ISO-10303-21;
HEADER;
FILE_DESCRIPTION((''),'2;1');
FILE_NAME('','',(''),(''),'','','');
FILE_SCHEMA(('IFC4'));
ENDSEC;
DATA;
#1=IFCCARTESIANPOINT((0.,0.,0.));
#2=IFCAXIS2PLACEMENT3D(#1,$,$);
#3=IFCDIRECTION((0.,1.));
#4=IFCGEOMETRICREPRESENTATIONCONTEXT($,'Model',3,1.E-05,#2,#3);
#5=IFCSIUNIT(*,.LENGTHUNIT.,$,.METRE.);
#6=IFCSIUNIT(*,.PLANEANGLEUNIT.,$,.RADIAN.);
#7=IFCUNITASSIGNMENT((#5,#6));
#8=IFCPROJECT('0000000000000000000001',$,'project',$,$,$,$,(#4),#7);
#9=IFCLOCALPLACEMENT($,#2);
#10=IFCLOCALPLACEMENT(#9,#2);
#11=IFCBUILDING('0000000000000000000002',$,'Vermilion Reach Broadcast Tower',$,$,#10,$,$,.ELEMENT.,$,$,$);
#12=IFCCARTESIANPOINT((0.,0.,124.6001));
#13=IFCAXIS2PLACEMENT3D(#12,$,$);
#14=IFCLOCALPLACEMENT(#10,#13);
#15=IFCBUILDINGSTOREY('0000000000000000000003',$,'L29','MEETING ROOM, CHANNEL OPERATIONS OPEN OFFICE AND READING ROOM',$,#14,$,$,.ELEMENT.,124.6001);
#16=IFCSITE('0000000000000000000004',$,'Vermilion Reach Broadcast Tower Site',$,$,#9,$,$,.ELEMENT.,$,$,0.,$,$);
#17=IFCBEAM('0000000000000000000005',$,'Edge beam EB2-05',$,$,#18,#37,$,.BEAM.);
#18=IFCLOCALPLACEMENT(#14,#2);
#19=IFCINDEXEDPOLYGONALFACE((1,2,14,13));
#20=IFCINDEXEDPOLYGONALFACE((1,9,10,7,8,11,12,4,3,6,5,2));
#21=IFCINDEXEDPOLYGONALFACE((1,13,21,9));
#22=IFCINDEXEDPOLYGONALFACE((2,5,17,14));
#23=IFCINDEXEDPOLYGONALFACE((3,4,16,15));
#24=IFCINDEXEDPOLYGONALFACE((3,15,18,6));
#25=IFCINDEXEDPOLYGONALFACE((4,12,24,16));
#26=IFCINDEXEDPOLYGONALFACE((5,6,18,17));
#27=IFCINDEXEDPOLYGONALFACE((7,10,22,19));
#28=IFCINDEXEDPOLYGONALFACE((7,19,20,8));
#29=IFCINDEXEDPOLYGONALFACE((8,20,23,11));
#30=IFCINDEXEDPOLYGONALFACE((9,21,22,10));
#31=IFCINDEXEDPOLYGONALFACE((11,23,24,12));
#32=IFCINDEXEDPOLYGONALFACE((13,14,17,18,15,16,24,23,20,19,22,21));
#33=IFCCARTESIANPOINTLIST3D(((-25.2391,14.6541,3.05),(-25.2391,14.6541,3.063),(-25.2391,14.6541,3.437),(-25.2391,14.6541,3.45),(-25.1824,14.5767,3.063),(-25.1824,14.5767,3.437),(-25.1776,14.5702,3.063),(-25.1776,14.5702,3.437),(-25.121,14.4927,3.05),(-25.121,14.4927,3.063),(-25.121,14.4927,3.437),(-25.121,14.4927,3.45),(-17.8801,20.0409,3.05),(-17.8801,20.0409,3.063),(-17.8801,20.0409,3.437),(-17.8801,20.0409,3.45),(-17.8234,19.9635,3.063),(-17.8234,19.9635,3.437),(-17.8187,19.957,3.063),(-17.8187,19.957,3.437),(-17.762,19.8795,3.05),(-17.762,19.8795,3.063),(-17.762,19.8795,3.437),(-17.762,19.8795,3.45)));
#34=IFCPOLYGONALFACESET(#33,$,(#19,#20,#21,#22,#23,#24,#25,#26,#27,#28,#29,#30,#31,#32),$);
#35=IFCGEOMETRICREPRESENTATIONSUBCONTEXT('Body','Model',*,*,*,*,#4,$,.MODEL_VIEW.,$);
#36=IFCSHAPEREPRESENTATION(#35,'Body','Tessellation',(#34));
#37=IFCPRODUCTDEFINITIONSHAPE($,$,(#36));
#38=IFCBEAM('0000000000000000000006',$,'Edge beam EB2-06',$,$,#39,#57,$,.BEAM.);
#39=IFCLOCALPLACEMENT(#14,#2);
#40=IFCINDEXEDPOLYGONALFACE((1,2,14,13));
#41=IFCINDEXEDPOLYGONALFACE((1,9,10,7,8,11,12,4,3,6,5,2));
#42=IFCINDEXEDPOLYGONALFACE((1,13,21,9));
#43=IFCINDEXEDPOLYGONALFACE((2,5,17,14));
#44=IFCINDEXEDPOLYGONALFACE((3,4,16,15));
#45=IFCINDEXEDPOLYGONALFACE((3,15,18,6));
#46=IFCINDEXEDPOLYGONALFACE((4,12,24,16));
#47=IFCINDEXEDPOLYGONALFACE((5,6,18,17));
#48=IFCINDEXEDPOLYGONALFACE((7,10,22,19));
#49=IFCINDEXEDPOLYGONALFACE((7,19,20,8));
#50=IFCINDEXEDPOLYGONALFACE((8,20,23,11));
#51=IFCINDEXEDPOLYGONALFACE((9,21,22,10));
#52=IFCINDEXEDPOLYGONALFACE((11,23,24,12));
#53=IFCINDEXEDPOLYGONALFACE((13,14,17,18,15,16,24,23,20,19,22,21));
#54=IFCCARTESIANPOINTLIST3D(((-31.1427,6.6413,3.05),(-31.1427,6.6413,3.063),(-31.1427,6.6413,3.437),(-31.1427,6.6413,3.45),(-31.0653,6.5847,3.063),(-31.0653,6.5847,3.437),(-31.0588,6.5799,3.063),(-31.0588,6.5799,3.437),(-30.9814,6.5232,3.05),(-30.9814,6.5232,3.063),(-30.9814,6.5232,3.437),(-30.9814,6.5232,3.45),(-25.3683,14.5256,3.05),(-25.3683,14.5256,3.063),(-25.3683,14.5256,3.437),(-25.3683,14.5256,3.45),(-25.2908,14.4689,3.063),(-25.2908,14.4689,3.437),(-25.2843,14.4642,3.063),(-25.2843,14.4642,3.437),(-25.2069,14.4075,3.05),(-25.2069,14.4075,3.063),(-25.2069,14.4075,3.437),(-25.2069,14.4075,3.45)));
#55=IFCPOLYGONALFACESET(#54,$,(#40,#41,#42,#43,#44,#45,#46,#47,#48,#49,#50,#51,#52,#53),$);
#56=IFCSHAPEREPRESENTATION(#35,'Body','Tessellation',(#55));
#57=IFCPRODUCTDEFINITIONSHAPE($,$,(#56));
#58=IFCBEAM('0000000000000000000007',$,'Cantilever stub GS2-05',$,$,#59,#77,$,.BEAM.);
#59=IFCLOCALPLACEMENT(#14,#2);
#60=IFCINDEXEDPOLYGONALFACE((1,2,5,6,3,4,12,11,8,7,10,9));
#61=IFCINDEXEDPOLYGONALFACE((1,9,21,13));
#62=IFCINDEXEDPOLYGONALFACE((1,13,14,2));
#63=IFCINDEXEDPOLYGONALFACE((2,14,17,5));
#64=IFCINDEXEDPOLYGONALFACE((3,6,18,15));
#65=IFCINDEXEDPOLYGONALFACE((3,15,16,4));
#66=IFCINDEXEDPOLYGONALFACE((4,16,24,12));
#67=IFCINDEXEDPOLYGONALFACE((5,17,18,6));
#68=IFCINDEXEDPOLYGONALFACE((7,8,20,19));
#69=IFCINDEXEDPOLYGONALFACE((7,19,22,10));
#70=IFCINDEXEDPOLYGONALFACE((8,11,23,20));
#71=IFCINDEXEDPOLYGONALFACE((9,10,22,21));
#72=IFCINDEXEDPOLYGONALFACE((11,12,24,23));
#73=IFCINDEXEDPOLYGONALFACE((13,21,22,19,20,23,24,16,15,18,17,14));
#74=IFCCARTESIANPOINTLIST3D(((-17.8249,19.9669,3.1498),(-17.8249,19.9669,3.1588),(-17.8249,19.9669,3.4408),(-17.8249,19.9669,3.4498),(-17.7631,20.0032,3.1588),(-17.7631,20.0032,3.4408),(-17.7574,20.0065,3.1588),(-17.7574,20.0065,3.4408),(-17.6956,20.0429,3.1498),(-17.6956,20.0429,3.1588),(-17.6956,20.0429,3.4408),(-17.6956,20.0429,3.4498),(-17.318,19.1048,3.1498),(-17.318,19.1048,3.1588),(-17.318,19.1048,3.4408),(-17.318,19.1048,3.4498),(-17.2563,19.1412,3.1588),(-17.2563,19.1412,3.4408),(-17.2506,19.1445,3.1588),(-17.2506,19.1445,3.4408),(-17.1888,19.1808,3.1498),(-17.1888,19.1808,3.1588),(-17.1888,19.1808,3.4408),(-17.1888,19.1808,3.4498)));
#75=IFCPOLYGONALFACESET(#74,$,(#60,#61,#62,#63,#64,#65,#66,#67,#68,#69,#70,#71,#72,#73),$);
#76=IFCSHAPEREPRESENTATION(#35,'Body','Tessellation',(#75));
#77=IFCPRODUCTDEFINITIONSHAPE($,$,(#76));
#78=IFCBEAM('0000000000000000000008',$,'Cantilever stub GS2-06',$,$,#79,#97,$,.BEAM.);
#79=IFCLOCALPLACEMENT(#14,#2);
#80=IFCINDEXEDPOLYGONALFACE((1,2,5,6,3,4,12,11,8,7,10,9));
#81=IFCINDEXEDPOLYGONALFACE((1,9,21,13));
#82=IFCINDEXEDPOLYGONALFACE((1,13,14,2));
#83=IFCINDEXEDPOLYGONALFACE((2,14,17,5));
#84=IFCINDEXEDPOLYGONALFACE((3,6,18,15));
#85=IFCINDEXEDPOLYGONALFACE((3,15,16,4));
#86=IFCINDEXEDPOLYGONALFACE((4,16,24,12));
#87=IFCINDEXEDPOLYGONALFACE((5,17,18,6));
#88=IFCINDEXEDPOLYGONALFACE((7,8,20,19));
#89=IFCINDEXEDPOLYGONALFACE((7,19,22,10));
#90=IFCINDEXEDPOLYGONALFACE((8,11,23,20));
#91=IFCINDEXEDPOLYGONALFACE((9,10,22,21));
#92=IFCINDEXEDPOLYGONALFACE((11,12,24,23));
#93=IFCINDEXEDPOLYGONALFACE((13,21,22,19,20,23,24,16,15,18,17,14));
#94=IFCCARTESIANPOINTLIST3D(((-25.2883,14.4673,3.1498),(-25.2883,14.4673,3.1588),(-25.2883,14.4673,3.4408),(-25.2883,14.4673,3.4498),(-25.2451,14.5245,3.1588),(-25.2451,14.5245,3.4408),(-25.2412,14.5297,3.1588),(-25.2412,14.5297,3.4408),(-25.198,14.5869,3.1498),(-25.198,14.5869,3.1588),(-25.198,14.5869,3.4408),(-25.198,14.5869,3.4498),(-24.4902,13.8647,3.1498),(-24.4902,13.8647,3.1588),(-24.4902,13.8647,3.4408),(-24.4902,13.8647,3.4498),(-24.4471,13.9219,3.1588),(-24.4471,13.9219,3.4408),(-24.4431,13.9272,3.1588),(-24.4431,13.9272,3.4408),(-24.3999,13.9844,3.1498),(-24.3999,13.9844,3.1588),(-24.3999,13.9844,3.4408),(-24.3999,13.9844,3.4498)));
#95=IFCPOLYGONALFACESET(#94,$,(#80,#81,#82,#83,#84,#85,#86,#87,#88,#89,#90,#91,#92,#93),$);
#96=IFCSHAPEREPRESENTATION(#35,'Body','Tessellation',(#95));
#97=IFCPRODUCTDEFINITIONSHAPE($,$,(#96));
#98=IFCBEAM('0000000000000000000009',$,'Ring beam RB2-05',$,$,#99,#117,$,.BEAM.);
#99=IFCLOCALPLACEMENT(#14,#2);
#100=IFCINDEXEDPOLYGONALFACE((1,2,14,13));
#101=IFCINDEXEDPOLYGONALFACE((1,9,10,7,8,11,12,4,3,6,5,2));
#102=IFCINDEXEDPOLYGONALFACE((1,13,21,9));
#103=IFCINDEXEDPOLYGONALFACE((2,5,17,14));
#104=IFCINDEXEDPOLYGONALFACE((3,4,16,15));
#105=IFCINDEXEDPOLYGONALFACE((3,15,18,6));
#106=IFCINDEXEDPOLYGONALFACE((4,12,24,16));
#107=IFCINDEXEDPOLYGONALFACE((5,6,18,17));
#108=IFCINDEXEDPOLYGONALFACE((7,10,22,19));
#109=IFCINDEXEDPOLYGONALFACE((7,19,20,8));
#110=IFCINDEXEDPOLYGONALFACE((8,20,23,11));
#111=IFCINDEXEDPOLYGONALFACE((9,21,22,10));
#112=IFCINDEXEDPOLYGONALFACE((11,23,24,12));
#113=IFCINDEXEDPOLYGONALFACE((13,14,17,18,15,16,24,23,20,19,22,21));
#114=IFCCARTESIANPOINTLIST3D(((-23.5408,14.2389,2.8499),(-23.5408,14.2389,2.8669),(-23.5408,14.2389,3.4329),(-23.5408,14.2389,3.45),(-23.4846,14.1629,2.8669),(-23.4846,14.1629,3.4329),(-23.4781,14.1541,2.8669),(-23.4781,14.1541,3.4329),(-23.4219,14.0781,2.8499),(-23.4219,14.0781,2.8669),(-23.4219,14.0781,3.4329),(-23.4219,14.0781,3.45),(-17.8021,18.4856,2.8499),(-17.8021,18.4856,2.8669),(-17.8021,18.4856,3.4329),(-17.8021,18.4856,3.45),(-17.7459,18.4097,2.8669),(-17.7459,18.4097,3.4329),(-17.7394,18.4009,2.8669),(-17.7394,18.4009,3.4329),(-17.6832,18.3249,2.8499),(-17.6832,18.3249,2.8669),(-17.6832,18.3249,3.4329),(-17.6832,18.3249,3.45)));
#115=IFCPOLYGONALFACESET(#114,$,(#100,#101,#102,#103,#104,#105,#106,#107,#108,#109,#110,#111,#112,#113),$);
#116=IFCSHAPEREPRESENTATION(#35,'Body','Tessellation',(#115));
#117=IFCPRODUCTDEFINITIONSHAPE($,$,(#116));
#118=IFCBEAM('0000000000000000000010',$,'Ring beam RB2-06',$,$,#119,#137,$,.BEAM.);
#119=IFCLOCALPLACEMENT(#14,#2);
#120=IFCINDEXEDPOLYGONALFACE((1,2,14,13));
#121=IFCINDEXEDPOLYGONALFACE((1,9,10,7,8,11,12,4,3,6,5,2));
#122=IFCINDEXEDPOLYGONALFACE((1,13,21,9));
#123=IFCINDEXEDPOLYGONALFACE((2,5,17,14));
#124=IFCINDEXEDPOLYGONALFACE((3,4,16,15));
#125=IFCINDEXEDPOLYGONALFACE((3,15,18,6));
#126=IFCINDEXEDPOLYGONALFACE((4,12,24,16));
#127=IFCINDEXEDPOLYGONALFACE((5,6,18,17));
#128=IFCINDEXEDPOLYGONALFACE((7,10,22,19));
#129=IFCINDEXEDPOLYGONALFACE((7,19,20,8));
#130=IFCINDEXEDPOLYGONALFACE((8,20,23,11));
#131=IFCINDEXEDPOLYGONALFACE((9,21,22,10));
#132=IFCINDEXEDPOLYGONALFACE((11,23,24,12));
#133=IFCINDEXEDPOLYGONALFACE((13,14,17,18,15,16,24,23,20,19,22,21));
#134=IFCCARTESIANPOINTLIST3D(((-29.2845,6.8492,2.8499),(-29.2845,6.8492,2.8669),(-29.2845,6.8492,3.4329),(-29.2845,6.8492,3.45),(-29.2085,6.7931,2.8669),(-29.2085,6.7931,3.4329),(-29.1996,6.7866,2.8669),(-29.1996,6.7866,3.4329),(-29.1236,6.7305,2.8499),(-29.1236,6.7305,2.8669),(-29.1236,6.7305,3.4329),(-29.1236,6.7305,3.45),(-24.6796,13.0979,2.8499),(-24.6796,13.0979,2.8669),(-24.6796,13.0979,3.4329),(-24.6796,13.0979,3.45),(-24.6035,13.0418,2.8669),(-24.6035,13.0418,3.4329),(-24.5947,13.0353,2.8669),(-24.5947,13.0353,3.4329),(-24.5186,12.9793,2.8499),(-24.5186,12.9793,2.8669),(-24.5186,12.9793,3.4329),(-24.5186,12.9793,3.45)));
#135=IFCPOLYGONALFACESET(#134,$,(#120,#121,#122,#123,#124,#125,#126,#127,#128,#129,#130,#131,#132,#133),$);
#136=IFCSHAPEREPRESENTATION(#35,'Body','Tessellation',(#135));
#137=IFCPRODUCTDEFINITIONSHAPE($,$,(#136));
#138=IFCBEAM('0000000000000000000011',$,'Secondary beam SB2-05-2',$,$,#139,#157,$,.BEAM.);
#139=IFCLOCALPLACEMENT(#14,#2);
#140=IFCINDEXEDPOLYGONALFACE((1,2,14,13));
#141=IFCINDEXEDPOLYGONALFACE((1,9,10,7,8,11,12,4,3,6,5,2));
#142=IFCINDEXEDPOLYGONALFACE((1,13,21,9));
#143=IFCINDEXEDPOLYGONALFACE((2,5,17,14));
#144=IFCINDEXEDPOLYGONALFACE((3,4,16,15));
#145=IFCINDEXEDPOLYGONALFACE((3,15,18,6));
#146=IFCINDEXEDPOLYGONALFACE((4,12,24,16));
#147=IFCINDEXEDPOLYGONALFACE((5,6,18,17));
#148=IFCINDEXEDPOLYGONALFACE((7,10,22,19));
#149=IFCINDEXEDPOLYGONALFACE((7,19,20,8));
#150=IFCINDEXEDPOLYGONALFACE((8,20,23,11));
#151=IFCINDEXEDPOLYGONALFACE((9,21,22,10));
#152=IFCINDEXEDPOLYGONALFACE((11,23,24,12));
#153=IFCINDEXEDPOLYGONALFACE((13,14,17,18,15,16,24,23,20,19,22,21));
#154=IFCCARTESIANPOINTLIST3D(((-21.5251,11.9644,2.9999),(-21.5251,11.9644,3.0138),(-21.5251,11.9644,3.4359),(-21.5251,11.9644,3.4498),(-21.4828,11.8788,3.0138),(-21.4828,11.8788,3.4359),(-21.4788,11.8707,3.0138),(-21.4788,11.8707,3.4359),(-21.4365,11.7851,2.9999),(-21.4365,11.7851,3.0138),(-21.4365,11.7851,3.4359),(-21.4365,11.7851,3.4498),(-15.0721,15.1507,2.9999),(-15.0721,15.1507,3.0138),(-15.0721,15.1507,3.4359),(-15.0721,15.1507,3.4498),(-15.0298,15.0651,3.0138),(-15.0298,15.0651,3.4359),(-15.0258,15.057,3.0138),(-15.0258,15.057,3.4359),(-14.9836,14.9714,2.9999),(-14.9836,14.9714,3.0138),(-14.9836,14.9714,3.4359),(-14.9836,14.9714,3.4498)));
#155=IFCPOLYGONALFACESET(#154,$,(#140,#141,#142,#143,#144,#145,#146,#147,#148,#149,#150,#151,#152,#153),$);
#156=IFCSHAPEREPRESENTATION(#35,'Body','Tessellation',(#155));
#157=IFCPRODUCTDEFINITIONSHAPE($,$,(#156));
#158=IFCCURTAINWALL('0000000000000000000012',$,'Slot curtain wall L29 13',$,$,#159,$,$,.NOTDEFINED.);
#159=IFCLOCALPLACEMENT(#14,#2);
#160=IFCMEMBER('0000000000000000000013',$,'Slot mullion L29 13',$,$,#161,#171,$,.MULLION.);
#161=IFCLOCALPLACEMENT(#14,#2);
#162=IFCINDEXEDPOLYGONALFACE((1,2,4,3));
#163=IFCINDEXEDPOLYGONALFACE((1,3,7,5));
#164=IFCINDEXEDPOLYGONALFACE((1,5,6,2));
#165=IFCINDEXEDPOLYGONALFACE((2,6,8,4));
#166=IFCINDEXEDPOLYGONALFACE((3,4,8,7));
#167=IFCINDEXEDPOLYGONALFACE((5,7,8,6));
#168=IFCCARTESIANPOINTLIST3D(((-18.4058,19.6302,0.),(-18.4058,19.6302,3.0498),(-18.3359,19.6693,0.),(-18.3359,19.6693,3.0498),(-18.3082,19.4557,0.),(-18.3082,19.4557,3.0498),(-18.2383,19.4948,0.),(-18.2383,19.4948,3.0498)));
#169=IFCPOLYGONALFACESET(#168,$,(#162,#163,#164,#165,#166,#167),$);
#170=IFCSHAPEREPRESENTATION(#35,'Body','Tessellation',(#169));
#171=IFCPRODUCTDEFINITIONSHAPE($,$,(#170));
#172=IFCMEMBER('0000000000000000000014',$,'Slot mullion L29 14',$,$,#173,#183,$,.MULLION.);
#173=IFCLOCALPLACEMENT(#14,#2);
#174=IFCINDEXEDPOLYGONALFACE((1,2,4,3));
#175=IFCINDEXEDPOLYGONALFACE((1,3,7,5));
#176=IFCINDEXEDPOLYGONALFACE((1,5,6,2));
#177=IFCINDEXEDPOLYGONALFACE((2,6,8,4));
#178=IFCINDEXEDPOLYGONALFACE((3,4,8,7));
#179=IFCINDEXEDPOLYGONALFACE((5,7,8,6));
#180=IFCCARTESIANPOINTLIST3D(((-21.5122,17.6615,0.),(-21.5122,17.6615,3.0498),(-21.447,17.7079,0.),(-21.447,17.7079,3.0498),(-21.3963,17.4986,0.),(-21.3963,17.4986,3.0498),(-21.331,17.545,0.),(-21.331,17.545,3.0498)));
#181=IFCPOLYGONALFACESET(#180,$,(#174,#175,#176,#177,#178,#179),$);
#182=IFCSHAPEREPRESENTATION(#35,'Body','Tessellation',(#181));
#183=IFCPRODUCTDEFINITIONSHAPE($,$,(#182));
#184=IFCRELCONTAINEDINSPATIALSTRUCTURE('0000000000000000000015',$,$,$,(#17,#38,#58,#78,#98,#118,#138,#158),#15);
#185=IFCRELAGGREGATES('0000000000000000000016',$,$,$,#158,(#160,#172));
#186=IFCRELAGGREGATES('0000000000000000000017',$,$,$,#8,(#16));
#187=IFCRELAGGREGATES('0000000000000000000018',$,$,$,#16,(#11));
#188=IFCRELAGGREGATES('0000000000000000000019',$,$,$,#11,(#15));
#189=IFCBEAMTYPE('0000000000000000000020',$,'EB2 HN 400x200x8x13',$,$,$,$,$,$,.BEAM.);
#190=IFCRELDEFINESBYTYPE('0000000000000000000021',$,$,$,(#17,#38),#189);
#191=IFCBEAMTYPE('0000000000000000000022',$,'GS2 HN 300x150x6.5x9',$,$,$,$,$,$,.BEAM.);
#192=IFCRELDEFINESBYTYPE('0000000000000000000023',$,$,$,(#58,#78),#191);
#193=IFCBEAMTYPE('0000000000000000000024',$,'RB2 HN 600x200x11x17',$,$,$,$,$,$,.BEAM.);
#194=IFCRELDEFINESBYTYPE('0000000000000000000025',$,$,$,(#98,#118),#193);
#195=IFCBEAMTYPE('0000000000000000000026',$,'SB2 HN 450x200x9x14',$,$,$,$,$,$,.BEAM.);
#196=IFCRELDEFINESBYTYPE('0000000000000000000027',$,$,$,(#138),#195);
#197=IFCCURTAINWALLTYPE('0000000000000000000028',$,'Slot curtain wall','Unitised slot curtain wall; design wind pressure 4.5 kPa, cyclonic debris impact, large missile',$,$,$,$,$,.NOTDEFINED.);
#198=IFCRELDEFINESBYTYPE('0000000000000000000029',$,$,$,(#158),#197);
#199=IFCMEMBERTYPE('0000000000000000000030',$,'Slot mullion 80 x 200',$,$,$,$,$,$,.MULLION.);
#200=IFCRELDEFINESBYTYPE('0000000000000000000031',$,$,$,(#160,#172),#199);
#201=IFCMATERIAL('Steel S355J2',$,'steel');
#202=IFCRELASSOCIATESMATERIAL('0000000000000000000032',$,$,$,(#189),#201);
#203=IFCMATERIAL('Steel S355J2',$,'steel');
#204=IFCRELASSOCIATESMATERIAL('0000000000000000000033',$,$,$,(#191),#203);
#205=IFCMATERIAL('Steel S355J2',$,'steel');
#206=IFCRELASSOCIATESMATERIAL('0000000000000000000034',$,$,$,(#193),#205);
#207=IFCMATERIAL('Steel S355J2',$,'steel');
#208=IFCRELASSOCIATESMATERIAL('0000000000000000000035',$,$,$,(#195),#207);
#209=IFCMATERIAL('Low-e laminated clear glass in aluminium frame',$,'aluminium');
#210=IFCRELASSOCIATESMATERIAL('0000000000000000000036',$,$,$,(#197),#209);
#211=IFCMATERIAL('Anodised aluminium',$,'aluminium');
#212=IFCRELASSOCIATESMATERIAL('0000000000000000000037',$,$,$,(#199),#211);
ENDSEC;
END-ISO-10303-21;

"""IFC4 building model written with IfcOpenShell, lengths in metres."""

from ifc_helpers import new_model, si_unit, direction, frame, origin, origin_2d, place, context, subcontext, project, spatial, rectangle, i_section, extrude, material, material_profile, profile_set, type_object, element, aggregate, save


model = new_model("IFC4")

# Units and contexts
model_context = context("Model", 3, precision=1e-05, world=origin(), true_north=direction((0.0, 1.0)))
body_context = subcontext(model_context, "Body", "Model", "MODEL_VIEW")
ifc_project = project(units=[si_unit("LENGTHUNIT", "METRE"), si_unit("PLANEANGLEUNIT", "RADIAN")], contexts=[model_context])

# Site, building, storey
site_placement = place(None, origin())
site = spatial("IfcSite", under=ifc_project, at=site_placement, Name="Vermilion Reach Broadcast Tower Site", CompositionType="ELEMENT", RefElevation=0.0)
building_placement = place(site_placement, origin())
building = spatial("IfcBuilding", under=site, at=building_placement, Name="Vermilion Reach Broadcast Tower", CompositionType="ELEMENT")
storey_placement = place(building_placement, frame((0.0, 0.0, 124.6001)))
storey = spatial("IfcBuildingStorey", under=building, at=storey_placement, Name="L29", Description="MEETING ROOM, CHANNEL OPERATIONS OPEN OFFICE AND READING ROOM", CompositionType="ELEMENT", Elevation=124.6001)

# Beams
ifc_material_1 = material(Name="Steel S355J2", Category="steel")
ifc_material_profile_1 = material_profile(ifc_material_1, i_section(OverallWidth=0.2, OverallDepth=0.3999, WebThickness=0.0081, FlangeThickness=0.0129, at=origin_2d()), Name="S355J2 HN 400x200x8x13")
ifc_profile_set_1 = profile_set([ifc_material_profile_1], Name="Steel S355J2")
beam_type_1 = type_object("IfcBeamType", Name="EB2 HN 400x200x8x13", PredefinedType="BEAM", material=ifc_profile_set_1)
beam_1_placement = place(storey_placement, frame((-17.821, 19.9602, 3.25), z_axis=(-0.806917, -0.590665, 0.0), x_axis=(0.590665, -0.806917, 0.0)))
element("IfcBeam", 1, at=beam_1_placement, inside=storey, type_object=beam_type_1, Name="Edge beam EB2-05", PredefinedType="BEAM", context=body_context, shape_type="SweptSolid", body=[
    extrude(i_section(OverallWidth=0.2, OverallDepth=0.3999, WebThickness=0.0081, FlangeThickness=0.0129, at=origin_2d()), origin(), (0.0, 0.0, 1.0), 9.1199),
])
beam_2_placement = place(storey_placement, frame((-25.2876, 14.4666, 3.25), z_axis=(-0.590872, -0.806765, 0.0), x_axis=(0.806765, -0.590872, 0.0)))
element("IfcBeam", 2, at=beam_2_placement, inside=storey, type_object=beam_type_1, Name="Edge beam EB2-06", PredefinedType="BEAM", context=body_context, shape_type="SweptSolid", body=[
    extrude(i_section(OverallWidth=0.2, OverallDepth=0.3999, WebThickness=0.0081, FlangeThickness=0.0129, at=origin_2d()), origin(), (0.0, 0.0, 1.0), 9.7727),
])
ifc_material_2 = material(Name="Steel S355J2", Category="steel")
ifc_material_profile_2 = material_profile(ifc_material_2, i_section(OverallWidth=0.1499, OverallDepth=0.3, WebThickness=0.0066, FlangeThickness=0.009, at=origin_2d()), Name="S355J2 HN 300x150x6.5x9")
ifc_profile_set_2 = profile_set([ifc_material_profile_2], Name="Steel S355J2")
beam_type_2 = type_object("IfcBeamType", Name="GS2 HN 300x150x6.5x9", PredefinedType="BEAM", material=ifc_profile_set_2)
for number, where, z_axis, x_axis, name in (
    (3, (-17.2534, 19.1428, 3.2998), (-0.506828, 0.862047, 0.0), (-0.862047, -0.506828, 0.0), "Cantilever stub GS2-05"),
    (4, (-24.4451, 13.9246, 3.2998), (-0.798092, 0.602536, 0.0), (-0.602536, -0.798092, 0.0), "Cantilever stub GS2-06"),
):
    element("IfcBeam", number, at=place(storey_placement, frame(where, z_axis=z_axis, x_axis=x_axis)), inside=storey, type_object=beam_type_2, Name=name, PredefinedType="BEAM", context=body_context, shape_type="SweptSolid", body=[
        extrude(i_section(OverallWidth=0.1499, OverallDepth=0.3, WebThickness=0.0066, FlangeThickness=0.009, at=origin_2d()), origin(), (0.0, 0.0, 1.0), 1.0),
    ])
ifc_material_3 = material(Name="Steel S355J2", Category="steel")
ifc_material_profile_3 = material_profile(ifc_material_3, i_section(OverallWidth=0.2, OverallDepth=0.6001, WebThickness=0.011, FlangeThickness=0.0171, at=origin_2d()), Name="S355J2 HN 600x200x11x17")
ifc_profile_set_3 = profile_set([ifc_material_profile_3], Name="Steel S355J2")
beam_type_3 = type_object("IfcBeamType", Name="RB2 HN 600x200x11x17", PredefinedType="BEAM", material=ifc_profile_set_3)
beam_3_placement = place(storey_placement, frame((-17.7427, 18.4053, 3.1499), z_axis=(-0.803833, -0.594855, 0.0), x_axis=(0.594855, -0.803833, 0.0)))
element("IfcBeam", 5, at=beam_3_placement, inside=storey, type_object=beam_type_3, Name="Ring beam RB2-05", PredefinedType="BEAM", context=body_context, shape_type="SweptSolid", body=[
    extrude(i_section(OverallWidth=0.2, OverallDepth=0.6001, WebThickness=0.011, FlangeThickness=0.0171, at=origin_2d()), origin(), (0.0, 0.0, 1.0), 7.1392),
])
beam_4_placement = place(storey_placement, frame((-24.5991, 13.0386, 3.1499), z_axis=(-0.593251, -0.805018, 0.0), x_axis=(0.805018, -0.593251, 0.0)))
element("IfcBeam", 6, at=beam_4_placement, inside=storey, type_object=beam_type_3, Name="Ring beam RB2-06", PredefinedType="BEAM", context=body_context, shape_type="SweptSolid", body=[
    extrude(i_section(OverallWidth=0.2, OverallDepth=0.6001, WebThickness=0.011, FlangeThickness=0.0171, at=origin_2d()), origin(), (0.0, 0.0, 1.0), 7.7622),
])
ifc_material_4 = material(Name="Steel S355J2", Category="steel")
ifc_material_profile_4 = material_profile(ifc_material_4, i_section(OverallWidth=0.2, OverallDepth=0.45, WebThickness=0.009, FlangeThickness=0.0139, at=origin_2d()), Name="S355J2 HN 450x200x9x14")
ifc_profile_set_4 = profile_set([ifc_material_profile_4], Name="Steel S355J2")
beam_type_4 = type_object("IfcBeamType", Name="SB2 HN 450x200x9x14", PredefinedType="BEAM", material=ifc_profile_set_4)
beam_5_placement = place(storey_placement, frame((-15.0278, 15.061, 3.2249), z_axis=(-0.896648, -0.442744, 0.0), x_axis=(0.442744, -0.896648, 0.0)))
element("IfcBeam", 7, at=beam_5_placement, inside=storey, type_object=beam_type_4, Name="Secondary beam SB2-05-2", PredefinedType="BEAM", context=body_context, shape_type="SweptSolid", body=[
    extrude(i_section(OverallWidth=0.2, OverallDepth=0.45, WebThickness=0.009, FlangeThickness=0.0139, at=origin_2d()), origin(), (0.0, 0.0, 1.0), 7.1968),
])

# Curtain wall, members
ifc_material_5 = material(Name="Low-e laminated clear glass in aluminium frame", Category="aluminium")
curtain_wall_type = type_object("IfcCurtainWallType", Name="Slot curtain wall", Description="Unitised slot curtain wall; design wind pressure 4.5 kPa, cyclonic debris impact, large missile", PredefinedType="NOTDEFINED", material=ifc_material_5)
placement = place(storey_placement, origin())
curtain_wall_1 = element("IfcCurtainWall", 8, at=placement, inside=storey, type_object=curtain_wall_type, Name="Slot curtain wall L29 13", PredefinedType="NOTDEFINED")
ifc_material_6 = material(Name="Anodised aluminium", Category="aluminium")
ifc_material_profile_5 = material_profile(ifc_material_6, rectangle(XDim=0.2, YDim=0.0801, at=origin_2d()), Name="Slot mullion 80 x 200")
ifc_profile_set_5 = profile_set([ifc_material_profile_5], Name="Anodised aluminium")
member_type_1 = type_object("IfcMemberType", Name="Slot mullion 80 x 200", PredefinedType="MULLION", material=ifc_profile_set_5)
member_1_placement = place(storey_placement, frame((-18.322, 19.5625, 0.0), z_axis=(0.0, 0.0, 1.0), x_axis=(0.48795, -0.872872, 0.0)))
member_1 = element("IfcMember", 9, at=member_1_placement, type_object=member_type_1, Name="Slot mullion L29 13", PredefinedType="MULLION", context=body_context, shape_type="SweptSolid", body=[
    extrude(rectangle(XDim=0.2, YDim=0.0801, at=origin_2d()), origin(), (0.0, 0.0, 1.0), 3.0498),
])
member_2_placement = place(storey_placement, frame((-21.4216, 17.6033, 0.0), z_axis=(0.0, 0.0, 1.0), x_axis=(0.579864, -0.814713, 0.0)))
member_2 = element("IfcMember", 10, at=member_2_placement, type_object=member_type_1, Name="Slot mullion L29 14", PredefinedType="MULLION", context=body_context, shape_type="SweptSolid", body=[
    extrude(rectangle(XDim=0.2, YDim=0.0801, at=origin_2d()), origin(), (0.0, 0.0, 1.0), 3.0498),
])

aggregate(curtain_wall_1, [member_1, member_2])

save(model, "model.ifc")
